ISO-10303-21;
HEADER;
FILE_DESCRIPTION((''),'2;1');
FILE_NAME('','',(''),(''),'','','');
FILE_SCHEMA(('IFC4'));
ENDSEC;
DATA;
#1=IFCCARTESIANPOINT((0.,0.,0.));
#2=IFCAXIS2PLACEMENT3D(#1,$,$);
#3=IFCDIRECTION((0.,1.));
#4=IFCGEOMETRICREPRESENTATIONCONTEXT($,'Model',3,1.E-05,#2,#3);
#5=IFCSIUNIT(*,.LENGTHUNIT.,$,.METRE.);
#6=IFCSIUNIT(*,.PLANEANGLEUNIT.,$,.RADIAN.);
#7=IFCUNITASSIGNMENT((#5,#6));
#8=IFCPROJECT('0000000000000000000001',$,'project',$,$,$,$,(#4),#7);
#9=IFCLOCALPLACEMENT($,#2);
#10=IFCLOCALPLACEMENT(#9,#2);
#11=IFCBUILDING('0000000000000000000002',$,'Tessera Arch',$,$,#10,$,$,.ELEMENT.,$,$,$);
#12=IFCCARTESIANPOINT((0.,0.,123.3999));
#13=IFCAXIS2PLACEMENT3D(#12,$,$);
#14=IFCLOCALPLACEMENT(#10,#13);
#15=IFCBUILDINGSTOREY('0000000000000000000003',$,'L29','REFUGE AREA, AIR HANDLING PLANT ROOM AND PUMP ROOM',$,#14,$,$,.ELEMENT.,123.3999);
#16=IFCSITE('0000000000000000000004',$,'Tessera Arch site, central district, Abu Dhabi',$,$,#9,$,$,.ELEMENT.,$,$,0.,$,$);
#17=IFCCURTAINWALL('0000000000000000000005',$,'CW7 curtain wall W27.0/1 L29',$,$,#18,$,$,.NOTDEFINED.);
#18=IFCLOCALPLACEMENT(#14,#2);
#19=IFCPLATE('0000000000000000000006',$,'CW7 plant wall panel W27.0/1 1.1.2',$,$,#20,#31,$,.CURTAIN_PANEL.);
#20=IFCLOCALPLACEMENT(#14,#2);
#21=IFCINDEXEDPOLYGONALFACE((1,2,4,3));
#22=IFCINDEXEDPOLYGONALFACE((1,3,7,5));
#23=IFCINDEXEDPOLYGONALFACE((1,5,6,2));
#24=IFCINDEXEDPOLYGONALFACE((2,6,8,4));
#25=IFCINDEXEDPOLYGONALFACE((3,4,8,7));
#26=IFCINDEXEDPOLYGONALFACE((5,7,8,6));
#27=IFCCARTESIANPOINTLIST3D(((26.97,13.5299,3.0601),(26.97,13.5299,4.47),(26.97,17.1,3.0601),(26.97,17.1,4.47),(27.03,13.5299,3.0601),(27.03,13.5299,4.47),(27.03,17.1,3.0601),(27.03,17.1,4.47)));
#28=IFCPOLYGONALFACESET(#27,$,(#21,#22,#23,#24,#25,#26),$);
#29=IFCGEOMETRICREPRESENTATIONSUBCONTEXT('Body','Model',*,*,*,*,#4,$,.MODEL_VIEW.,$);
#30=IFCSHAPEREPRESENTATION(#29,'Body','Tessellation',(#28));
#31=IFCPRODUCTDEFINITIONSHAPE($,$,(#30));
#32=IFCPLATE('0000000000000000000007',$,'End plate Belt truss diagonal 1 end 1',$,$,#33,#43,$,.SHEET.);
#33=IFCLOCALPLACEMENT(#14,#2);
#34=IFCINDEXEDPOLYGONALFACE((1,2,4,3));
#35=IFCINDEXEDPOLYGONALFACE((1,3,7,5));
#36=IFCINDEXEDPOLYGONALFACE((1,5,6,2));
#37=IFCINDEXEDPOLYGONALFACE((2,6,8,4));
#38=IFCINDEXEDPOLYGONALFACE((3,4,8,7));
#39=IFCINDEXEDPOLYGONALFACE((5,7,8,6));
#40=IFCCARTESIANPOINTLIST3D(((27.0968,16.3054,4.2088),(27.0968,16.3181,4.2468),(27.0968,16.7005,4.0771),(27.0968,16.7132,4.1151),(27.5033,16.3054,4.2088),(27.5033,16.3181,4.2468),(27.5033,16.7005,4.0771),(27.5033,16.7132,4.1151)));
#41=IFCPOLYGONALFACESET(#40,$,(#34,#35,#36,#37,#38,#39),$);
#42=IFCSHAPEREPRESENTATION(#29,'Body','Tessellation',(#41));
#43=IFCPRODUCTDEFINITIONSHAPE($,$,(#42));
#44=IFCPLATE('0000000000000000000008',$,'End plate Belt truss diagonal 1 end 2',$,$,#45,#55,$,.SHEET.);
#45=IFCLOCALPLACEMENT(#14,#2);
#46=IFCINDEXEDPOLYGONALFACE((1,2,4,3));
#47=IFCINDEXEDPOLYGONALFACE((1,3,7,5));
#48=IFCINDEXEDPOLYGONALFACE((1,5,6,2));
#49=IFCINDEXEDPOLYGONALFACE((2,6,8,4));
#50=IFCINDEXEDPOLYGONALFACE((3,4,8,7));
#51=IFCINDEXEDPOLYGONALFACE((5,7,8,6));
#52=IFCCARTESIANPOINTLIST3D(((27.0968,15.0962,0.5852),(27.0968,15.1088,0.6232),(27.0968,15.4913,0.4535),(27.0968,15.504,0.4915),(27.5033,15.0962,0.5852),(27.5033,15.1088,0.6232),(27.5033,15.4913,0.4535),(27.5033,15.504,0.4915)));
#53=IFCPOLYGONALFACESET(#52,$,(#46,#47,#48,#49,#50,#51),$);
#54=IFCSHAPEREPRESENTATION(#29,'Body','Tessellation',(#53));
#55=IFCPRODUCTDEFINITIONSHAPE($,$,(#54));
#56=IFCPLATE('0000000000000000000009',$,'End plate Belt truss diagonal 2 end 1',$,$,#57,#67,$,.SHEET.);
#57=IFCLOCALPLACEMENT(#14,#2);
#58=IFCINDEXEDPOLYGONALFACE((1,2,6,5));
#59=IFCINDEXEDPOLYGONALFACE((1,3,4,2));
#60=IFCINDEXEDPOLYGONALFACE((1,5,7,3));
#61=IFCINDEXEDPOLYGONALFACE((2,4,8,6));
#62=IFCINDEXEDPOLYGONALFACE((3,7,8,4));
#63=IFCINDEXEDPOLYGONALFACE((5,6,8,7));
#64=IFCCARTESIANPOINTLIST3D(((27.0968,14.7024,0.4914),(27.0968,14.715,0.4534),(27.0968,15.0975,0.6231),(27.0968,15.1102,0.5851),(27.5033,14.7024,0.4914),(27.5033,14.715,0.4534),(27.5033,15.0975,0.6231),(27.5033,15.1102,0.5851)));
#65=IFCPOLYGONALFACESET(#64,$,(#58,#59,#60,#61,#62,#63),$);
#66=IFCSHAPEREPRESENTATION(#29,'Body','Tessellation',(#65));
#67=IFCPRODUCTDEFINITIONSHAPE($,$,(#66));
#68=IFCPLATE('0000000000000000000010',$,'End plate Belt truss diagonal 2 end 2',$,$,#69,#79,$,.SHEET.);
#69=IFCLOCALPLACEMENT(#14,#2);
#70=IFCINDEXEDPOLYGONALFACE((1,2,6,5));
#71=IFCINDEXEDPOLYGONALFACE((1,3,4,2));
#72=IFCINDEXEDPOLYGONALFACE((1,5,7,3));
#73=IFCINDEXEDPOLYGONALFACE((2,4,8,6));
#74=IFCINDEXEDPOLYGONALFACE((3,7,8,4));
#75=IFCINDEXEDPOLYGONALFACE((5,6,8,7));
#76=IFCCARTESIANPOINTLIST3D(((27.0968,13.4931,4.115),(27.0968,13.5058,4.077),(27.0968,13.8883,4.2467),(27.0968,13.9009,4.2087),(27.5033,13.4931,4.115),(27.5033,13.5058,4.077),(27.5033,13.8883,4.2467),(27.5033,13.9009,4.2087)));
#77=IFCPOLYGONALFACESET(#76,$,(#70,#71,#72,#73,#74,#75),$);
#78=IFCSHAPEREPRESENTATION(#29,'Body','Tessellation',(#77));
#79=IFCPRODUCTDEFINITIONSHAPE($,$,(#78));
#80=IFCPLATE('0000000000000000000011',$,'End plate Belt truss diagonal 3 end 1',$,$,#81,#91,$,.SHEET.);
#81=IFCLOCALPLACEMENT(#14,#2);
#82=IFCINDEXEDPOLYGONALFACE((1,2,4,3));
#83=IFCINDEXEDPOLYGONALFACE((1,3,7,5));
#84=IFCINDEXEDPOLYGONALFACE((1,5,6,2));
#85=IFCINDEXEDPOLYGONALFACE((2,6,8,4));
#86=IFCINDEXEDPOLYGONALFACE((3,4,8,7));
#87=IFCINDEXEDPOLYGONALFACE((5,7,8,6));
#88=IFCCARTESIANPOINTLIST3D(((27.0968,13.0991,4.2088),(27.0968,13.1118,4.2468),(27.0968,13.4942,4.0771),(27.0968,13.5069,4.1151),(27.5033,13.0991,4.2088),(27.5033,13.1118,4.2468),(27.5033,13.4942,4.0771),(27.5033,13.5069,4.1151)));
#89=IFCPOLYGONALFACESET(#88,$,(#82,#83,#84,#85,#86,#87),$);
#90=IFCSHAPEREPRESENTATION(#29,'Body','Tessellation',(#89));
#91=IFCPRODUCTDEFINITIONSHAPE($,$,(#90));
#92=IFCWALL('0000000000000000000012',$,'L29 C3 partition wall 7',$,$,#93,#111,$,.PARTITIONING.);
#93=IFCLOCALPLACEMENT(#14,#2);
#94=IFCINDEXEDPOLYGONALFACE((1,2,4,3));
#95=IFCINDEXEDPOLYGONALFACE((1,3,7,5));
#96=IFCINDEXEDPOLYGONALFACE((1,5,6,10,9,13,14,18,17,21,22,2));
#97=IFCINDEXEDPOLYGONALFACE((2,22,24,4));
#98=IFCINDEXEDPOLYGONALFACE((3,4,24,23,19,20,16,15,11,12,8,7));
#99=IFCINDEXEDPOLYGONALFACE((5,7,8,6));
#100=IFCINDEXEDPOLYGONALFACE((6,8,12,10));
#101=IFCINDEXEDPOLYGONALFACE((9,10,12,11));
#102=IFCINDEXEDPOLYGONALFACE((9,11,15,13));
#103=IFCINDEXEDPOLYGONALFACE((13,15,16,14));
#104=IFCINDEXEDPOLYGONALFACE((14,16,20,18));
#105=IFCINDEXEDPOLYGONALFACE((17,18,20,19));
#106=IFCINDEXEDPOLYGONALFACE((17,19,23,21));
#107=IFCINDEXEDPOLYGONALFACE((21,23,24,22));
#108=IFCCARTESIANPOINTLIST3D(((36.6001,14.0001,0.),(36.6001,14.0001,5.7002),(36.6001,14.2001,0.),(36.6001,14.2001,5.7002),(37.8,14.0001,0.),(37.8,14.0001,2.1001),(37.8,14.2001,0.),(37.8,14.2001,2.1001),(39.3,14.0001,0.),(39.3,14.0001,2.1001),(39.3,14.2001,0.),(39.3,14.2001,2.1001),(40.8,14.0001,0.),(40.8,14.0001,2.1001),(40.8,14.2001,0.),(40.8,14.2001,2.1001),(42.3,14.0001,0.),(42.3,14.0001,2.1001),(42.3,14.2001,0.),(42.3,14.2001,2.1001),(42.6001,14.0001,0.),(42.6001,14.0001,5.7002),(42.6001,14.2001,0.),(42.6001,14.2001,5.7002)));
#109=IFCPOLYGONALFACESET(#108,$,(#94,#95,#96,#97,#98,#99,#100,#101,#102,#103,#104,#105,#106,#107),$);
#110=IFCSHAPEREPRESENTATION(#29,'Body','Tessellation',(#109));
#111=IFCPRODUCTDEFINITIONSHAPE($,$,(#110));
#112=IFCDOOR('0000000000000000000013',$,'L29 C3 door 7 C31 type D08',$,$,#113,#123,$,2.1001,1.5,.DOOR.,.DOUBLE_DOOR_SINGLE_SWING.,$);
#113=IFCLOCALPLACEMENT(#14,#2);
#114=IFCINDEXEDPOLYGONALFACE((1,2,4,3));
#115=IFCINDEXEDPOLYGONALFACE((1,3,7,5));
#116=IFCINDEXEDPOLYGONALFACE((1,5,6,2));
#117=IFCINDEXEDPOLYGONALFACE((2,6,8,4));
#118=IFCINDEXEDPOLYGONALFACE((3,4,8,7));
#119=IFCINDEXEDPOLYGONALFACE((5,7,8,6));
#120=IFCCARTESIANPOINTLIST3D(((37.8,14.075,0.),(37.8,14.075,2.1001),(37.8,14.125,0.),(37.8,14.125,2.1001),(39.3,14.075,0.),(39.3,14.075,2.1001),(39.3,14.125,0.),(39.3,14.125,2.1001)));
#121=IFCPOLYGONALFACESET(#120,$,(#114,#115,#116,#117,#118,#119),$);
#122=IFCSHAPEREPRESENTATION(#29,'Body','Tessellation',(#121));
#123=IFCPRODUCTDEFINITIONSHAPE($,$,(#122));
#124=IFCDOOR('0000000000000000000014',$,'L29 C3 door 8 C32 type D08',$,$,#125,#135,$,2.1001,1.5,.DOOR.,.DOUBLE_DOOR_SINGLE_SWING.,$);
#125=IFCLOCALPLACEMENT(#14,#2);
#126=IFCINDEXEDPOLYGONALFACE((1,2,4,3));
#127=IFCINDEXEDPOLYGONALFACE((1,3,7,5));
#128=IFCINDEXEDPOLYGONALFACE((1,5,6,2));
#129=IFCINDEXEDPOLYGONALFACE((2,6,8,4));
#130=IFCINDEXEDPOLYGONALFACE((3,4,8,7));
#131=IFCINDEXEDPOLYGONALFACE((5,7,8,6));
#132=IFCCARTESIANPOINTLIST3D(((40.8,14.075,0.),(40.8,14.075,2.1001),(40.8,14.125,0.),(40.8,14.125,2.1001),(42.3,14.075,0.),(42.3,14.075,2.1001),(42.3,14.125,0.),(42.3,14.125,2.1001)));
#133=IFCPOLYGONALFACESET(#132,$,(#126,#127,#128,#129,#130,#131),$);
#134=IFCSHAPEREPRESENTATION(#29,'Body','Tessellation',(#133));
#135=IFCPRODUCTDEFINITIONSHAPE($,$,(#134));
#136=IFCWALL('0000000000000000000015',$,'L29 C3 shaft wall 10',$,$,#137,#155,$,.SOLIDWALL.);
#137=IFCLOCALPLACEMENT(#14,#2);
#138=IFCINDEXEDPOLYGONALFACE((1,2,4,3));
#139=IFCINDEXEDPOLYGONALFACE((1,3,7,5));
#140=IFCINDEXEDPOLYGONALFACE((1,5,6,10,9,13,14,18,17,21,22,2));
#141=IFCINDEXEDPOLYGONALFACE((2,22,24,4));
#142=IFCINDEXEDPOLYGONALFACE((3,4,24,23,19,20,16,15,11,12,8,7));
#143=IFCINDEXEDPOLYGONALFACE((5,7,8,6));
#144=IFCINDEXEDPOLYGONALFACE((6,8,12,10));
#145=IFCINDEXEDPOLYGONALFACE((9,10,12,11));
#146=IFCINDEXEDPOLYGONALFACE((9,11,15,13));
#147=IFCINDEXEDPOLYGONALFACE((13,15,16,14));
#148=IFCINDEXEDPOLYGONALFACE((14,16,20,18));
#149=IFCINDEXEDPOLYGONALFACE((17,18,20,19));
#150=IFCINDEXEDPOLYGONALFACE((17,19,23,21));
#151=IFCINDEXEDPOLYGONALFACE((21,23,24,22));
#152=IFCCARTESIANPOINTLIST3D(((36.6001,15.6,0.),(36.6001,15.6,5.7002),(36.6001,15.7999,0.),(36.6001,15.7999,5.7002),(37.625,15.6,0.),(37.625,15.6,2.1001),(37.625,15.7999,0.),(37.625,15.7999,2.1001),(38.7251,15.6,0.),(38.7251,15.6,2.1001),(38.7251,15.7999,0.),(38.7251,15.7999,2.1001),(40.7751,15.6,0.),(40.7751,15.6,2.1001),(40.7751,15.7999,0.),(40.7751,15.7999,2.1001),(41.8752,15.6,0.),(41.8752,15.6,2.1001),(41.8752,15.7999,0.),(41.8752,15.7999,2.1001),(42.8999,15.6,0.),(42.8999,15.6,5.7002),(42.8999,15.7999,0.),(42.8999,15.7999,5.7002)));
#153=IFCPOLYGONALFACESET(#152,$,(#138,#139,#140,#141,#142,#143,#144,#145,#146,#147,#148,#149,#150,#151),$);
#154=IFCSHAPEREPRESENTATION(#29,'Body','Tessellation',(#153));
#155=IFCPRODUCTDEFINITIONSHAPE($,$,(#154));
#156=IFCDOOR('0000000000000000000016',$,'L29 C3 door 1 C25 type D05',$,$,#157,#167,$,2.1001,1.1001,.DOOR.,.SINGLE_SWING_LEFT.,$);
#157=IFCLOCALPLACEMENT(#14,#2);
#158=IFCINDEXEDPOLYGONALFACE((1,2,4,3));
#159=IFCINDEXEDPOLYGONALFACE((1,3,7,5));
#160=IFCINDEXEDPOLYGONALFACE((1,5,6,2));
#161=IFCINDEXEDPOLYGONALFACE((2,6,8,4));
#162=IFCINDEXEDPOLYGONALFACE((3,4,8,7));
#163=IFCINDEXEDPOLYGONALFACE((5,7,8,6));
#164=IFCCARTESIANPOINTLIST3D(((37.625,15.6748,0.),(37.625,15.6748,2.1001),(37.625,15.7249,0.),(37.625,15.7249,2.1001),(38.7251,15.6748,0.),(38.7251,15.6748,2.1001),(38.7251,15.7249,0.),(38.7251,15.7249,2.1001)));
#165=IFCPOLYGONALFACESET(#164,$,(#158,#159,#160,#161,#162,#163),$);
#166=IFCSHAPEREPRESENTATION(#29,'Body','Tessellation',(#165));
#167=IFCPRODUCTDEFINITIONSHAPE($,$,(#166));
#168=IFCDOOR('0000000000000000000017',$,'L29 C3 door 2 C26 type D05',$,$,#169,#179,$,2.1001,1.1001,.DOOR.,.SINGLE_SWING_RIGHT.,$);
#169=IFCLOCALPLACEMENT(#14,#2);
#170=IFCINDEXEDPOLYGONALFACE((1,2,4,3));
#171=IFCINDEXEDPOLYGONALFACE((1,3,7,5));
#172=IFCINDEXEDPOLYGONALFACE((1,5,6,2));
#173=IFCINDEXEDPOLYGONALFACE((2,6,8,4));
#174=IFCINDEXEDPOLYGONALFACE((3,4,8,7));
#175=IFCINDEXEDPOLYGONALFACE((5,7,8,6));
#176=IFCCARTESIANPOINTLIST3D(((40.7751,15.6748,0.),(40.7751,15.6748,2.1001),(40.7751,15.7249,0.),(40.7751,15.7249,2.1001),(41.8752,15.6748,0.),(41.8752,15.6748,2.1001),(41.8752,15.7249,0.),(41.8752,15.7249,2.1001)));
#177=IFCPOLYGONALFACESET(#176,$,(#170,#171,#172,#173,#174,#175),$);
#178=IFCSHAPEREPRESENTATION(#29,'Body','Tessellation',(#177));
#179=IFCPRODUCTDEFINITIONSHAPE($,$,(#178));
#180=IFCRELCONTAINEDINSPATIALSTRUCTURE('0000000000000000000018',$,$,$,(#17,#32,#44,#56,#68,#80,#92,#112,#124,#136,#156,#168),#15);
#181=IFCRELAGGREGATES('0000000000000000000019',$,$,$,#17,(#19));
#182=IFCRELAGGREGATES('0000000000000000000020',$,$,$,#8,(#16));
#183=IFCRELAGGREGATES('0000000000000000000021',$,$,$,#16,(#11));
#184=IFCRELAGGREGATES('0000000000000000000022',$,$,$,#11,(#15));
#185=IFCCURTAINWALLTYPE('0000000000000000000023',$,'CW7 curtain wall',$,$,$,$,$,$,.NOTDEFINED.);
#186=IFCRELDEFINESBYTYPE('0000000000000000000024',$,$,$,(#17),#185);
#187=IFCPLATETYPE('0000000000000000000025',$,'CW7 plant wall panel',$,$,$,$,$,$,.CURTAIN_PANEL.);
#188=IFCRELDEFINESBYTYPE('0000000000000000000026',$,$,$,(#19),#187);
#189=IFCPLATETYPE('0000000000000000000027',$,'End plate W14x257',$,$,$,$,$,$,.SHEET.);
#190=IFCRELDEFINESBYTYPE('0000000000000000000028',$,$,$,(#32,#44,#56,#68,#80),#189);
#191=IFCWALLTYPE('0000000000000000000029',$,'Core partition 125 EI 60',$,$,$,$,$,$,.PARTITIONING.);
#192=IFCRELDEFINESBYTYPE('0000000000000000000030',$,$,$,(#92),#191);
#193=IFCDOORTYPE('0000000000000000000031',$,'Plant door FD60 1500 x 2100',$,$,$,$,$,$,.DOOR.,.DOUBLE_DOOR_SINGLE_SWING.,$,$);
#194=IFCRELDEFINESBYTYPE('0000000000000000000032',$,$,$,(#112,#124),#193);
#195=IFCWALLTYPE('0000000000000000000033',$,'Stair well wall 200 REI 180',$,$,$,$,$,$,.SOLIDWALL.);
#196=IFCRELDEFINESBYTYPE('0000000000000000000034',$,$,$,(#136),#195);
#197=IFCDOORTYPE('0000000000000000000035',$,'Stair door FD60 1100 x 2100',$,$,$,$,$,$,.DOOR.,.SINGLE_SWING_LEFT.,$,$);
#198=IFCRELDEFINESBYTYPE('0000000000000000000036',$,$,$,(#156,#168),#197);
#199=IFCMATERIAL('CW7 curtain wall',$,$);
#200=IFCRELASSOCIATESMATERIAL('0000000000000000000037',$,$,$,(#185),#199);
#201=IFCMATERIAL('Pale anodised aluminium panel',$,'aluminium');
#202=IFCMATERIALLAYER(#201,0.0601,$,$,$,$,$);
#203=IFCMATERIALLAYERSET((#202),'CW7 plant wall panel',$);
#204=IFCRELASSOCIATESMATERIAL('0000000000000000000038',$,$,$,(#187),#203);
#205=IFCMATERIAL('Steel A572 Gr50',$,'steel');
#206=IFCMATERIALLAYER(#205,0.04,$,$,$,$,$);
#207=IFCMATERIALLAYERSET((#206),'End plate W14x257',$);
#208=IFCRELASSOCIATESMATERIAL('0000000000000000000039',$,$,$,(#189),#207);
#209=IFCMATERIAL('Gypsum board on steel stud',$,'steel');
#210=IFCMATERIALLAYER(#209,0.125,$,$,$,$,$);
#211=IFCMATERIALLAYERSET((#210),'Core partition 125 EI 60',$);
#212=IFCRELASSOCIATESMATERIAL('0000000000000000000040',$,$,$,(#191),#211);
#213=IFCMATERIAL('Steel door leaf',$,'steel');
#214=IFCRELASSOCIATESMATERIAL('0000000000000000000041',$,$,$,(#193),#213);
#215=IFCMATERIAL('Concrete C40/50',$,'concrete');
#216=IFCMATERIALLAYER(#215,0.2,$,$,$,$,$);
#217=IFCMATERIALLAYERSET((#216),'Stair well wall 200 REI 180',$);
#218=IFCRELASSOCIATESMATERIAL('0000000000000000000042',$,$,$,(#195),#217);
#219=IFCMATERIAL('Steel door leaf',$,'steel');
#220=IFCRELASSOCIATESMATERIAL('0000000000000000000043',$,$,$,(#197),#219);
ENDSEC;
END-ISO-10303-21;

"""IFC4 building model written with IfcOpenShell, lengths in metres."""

from ifc_helpers import new_model, si_unit, direction, frame, frame_2d, origin, origin_2d, place, context, subcontext, project, spatial, rectangle, extrude, material, layer, layer_set, type_object, element, fill, aggregate, save


model = new_model("IFC4")

# Units and contexts
model_context = context("Model", 3, precision=1e-05, world=origin(), true_north=direction((0.0, 1.0)))
body_context = subcontext(model_context, "Body", "Model", "MODEL_VIEW")
ifc_project = project(units=[si_unit("LENGTHUNIT", "METRE"), si_unit("PLANEANGLEUNIT", "RADIAN")], contexts=[model_context])

# Site, building, storey
site_placement = place(None, origin())
site = spatial("IfcSite", under=ifc_project, at=site_placement, Name="Tessera Arch site, central district, Abu Dhabi", CompositionType="ELEMENT", RefElevation=0.0)
building_placement = place(site_placement, origin())
building = spatial("IfcBuilding", under=site, at=building_placement, Name="Tessera Arch", CompositionType="ELEMENT")
storey_placement = place(building_placement, frame((0.0, 0.0, 123.3999)))
storey = spatial("IfcBuildingStorey", under=building, at=storey_placement, Name="L29", Description="REFUGE AREA, AIR HANDLING PLANT ROOM AND PUMP ROOM", CompositionType="ELEMENT", Elevation=123.3999)

# Curtain wall
ifc_material_1 = material(Name="CW7 curtain wall")
curtain_wall_type = type_object("IfcCurtainWallType", Name="CW7 curtain wall", PredefinedType="NOTDEFINED", material=ifc_material_1)
curtain_wall_placement = place(storey_placement, origin())
curtain_wall = element("IfcCurtainWall", 1, at=curtain_wall_placement, inside=storey, type_object=curtain_wall_type, Name="CW7 curtain wall W27.0/1 L29", PredefinedType="NOTDEFINED")

# Plate
ifc_material_2 = material(Name="Pale anodised aluminium panel", Category="aluminium")
ifc_layer_1 = layer(ifc_material_2, 0.0601)
ifc_layer_set_1 = layer_set([ifc_layer_1], Name="CW7 plant wall panel")
plate_type_1 = type_object("IfcPlateType", Name="CW7 plant wall panel", PredefinedType="CURTAIN_PANEL", material=ifc_layer_set_1)
plate_1_placement = place(storey_placement, frame((27.0, 15.3149, 3.0601), z_axis=(0.0, 0.0, 1.0), x_axis=(0.0, -1.0, 0.0)))
plate_1 = element("IfcPlate", 2, at=plate_1_placement, type_object=plate_type_1, Name="CW7 plant wall panel W27.0/1 1.1.2", PredefinedType="CURTAIN_PANEL", context=body_context, shape_type="SweptSolid", body=[
    extrude(rectangle(XDim=3.5701, YDim=0.0601, at=origin_2d()), origin(), (0.0, 0.0, 1.0), 1.4099),
])
aggregate(curtain_wall, [plate_1])

# Plates
ifc_material_3 = material(Name="Steel A572 Gr50", Category="steel")
ifc_layer_2 = layer(ifc_material_3, 0.04)
ifc_layer_set_2 = layer_set([ifc_layer_2], Name="End plate W14x257")
plate_type_2 = type_object("IfcPlateType", Name="End plate W14x257", PredefinedType="SHEET", material=ifc_layer_set_2)
for number, where, z_axis, x_axis, name in (
    (3, (27.3, 16.5156, 4.1809), (0.0, -0.316228, -0.948683), (1.0, 0.0, 0.0), "End plate Belt truss diagonal 1 end 1"),
    (4, (27.3, 15.3064, 0.5574), (0.0, -0.316228, -0.948683), (1.0, 0.0, 0.0), "End plate Belt truss diagonal 1 end 2"),
    (5, (27.3, 14.9126, 0.5193), (0.0, -0.316228, 0.948683), (1.0, 0.0, 0.0), "End plate Belt truss diagonal 2 end 1"),
    (6, (27.3, 13.7034, 4.1428), (0.0, -0.316228, 0.948683), (1.0, 0.0, 0.0), "End plate Belt truss diagonal 2 end 2"),
    (7, (27.3, 13.3093, 4.1809), (0.0, -0.316228, -0.948683), (1.0, 0.0, 0.0), "End plate Belt truss diagonal 3 end 1"),
):
    element("IfcPlate", number, at=place(storey_placement, frame(where, z_axis=z_axis, x_axis=x_axis)), inside=storey, type_object=plate_type_2, Name=name, PredefinedType="SHEET", context=body_context, shape_type="SweptSolid", body=[
        extrude(rectangle(XDim=0.4065, YDim=0.4165, at=origin_2d()), origin(), (0.0, 0.0, 1.0), 0.04),
    ])

# Walls, openings, doors
ifc_material_4 = material(Name="Gypsum board on steel stud", Category="steel")
ifc_layer_3 = layer(ifc_material_4, 0.125)
ifc_layer_set_3 = layer_set([ifc_layer_3], Name="Core partition 125 EI 60")
wall_type_1 = type_object("IfcWallType", Name="Core partition 125 EI 60", PredefinedType="PARTITIONING", material=ifc_layer_set_3)
wall_1_placement = place(storey_placement, frame((36.6001, 14.1001, 0.0), z_axis=(0.0, 0.0, 1.0), x_axis=(1.0, 0.0, 0.0)))
wall_1 = element("IfcWall", 8, at=wall_1_placement, inside=storey, type_object=wall_type_1, Name="L29 C3 partition wall 7", PredefinedType="PARTITIONING", context=body_context, shape_type="SweptSolid", body=[
    extrude(rectangle(XDim=6.0, YDim=0.2, at=frame_2d((3.0, 0.0))), origin(), (0.0, 0.0, 1.0), 5.7002),
])
opening_1_placement = place(wall_1_placement, frame((1.2, 0.0, 0.0)))
opening_1 = element("IfcOpeningElement", 9, at=opening_1_placement, cuts=wall_1, PredefinedType="OPENING", context=body_context, shape_type="SweptSolid", body=[
    extrude(rectangle(XDim=1.5, YDim=2.1001, at=frame_2d((0.75, 1.05))), frame((0.0, 0.1099, 0.0), z_axis=(0.0, -1.0, 0.0), x_axis=(1.0, 0.0, 0.0)), (0.0, 0.0, 1.0), 0.22),
])
opening_2_placement = place(wall_1_placement, frame((4.2, 0.0, 0.0)))
opening_2 = element("IfcOpeningElement", 10, at=opening_2_placement, cuts=wall_1, PredefinedType="OPENING", context=body_context, shape_type="SweptSolid", body=[
    extrude(rectangle(XDim=1.5, YDim=2.1001, at=frame_2d((0.75, 1.05))), frame((0.0, 0.1099, 0.0), z_axis=(0.0, -1.0, 0.0), x_axis=(1.0, 0.0, 0.0)), (0.0, 0.0, 1.0), 0.22),
])
ifc_material_5 = material(Name="Steel door leaf", Category="steel")
door_type_1 = type_object("IfcDoorType", Name="Plant door FD60 1500 x 2100", OperationType="DOUBLE_DOOR_SINGLE_SWING", PredefinedType="DOOR", material=ifc_material_5)
door_1_placement = place(opening_1_placement, origin())
door_1 = element("IfcDoor", 11, at=door_1_placement, inside=storey, type_object=door_type_1, Name="L29 C3 door 7 C31 type D08", OperationType="DOUBLE_DOOR_SINGLE_SWING", OverallHeight=2.1001, OverallWidth=1.5, PredefinedType="DOOR", context=body_context, shape_type="SweptSolid", body=[
    extrude(rectangle(XDim=1.5, YDim=2.1001, at=frame_2d((0.75, 1.05))), frame((0.0, 0.0249, 0.0), z_axis=(0.0, -1.0, 0.0), x_axis=(1.0, 0.0, 0.0)), (0.0, 0.0, 1.0), 0.05),
])
fill(opening_1, door_1)
door_2_placement = place(opening_2_placement, origin())
door_2 = element("IfcDoor", 12, at=door_2_placement, inside=storey, type_object=door_type_1, Name="L29 C3 door 8 C32 type D08", OperationType="DOUBLE_DOOR_SINGLE_SWING", OverallHeight=2.1001, OverallWidth=1.5, PredefinedType="DOOR", context=body_context, shape_type="SweptSolid", body=[
    extrude(rectangle(XDim=1.5, YDim=2.1001, at=frame_2d((0.75, 1.05))), frame((0.0, 0.0249, 0.0), z_axis=(0.0, -1.0, 0.0), x_axis=(1.0, 0.0, 0.0)), (0.0, 0.0, 1.0), 0.05),
])
fill(opening_2, door_2)
ifc_material_6 = material(Name="Concrete C40/50", Category="concrete")
ifc_layer_4 = layer(ifc_material_6, 0.2)
ifc_layer_set_4 = layer_set([ifc_layer_4], Name="Stair well wall 200 REI 180")
wall_type_2 = type_object("IfcWallType", Name="Stair well wall 200 REI 180", PredefinedType="SOLIDWALL", material=ifc_layer_set_4)
wall_2_placement = place(storey_placement, frame((36.6001, 15.7, 0.0), z_axis=(0.0, 0.0, 1.0), x_axis=(1.0, 0.0, 0.0)))
wall_2 = element("IfcWall", 13, at=wall_2_placement, inside=storey, type_object=wall_type_2, Name="L29 C3 shaft wall 10", PredefinedType="SOLIDWALL", context=body_context, shape_type="SweptSolid", body=[
    extrude(rectangle(XDim=6.2998, YDim=0.2, at=frame_2d((3.1499, 0.0))), origin(), (0.0, 0.0, 1.0), 5.7002),
])
opening_3_placement = place(wall_2_placement, frame((1.0249, 0.0, 0.0)))
opening_3 = element("IfcOpeningElement", 14, at=opening_3_placement, cuts=wall_2, PredefinedType="OPENING", context=body_context, shape_type="SweptSolid", body=[
    extrude(rectangle(XDim=1.1001, YDim=2.1001, at=frame_2d((0.55, 1.05))), frame((0.0, 0.1099, 0.0), z_axis=(0.0, -1.0, 0.0), x_axis=(1.0, 0.0, 0.0)), (0.0, 0.0, 1.0), 0.22),
])
opening_4_placement = place(wall_2_placement, frame((4.175, 0.0, 0.0)))
opening_4 = element("IfcOpeningElement", 15, at=opening_4_placement, cuts=wall_2, PredefinedType="OPENING", context=body_context, shape_type="SweptSolid", body=[
    extrude(rectangle(XDim=1.1001, YDim=2.1001, at=frame_2d((0.55, 1.05))), frame((0.0, 0.1099, 0.0), z_axis=(0.0, -1.0, 0.0), x_axis=(1.0, 0.0, 0.0)), (0.0, 0.0, 1.0), 0.22),
])
ifc_material_7 = material(Name="Steel door leaf", Category="steel")
door_type_2 = type_object("IfcDoorType", Name="Stair door FD60 1100 x 2100", OperationType="SINGLE_SWING_LEFT", PredefinedType="DOOR", material=ifc_material_7)
door_3_placement = place(opening_3_placement, origin())
door_3 = element("IfcDoor", 16, at=door_3_placement, inside=storey, type_object=door_type_2, Name="L29 C3 door 1 C25 type D05", OperationType="SINGLE_SWING_LEFT", OverallHeight=2.1001, OverallWidth=1.1001, PredefinedType="DOOR", context=body_context, shape_type="SweptSolid", body=[
    extrude(rectangle(XDim=1.1001, YDim=2.1001, at=frame_2d((0.55, 1.05))), frame((0.0, 0.0249, 0.0), z_axis=(0.0, -1.0, 0.0), x_axis=(1.0, 0.0, 0.0)), (0.0, 0.0, 1.0), 0.05),
])
fill(opening_3, door_3)
door_4_placement = place(opening_4_placement, origin())
door_4 = element("IfcDoor", 17, at=door_4_placement, inside=storey, type_object=door_type_2, Name="L29 C3 door 2 C26 type D05", OperationType="SINGLE_SWING_RIGHT", OverallHeight=2.1001, OverallWidth=1.1001, PredefinedType="DOOR", context=body_context, shape_type="SweptSolid", body=[
    extrude(rectangle(XDim=1.1001, YDim=2.1001, at=frame_2d((0.55, 1.05))), frame((0.0, 0.0249, 0.0), z_axis=(0.0, -1.0, 0.0), x_axis=(1.0, 0.0, 0.0)), (0.0, 0.0, 1.0), 0.05),
])
fill(opening_4, door_4)

save(model, "model.ifc")
